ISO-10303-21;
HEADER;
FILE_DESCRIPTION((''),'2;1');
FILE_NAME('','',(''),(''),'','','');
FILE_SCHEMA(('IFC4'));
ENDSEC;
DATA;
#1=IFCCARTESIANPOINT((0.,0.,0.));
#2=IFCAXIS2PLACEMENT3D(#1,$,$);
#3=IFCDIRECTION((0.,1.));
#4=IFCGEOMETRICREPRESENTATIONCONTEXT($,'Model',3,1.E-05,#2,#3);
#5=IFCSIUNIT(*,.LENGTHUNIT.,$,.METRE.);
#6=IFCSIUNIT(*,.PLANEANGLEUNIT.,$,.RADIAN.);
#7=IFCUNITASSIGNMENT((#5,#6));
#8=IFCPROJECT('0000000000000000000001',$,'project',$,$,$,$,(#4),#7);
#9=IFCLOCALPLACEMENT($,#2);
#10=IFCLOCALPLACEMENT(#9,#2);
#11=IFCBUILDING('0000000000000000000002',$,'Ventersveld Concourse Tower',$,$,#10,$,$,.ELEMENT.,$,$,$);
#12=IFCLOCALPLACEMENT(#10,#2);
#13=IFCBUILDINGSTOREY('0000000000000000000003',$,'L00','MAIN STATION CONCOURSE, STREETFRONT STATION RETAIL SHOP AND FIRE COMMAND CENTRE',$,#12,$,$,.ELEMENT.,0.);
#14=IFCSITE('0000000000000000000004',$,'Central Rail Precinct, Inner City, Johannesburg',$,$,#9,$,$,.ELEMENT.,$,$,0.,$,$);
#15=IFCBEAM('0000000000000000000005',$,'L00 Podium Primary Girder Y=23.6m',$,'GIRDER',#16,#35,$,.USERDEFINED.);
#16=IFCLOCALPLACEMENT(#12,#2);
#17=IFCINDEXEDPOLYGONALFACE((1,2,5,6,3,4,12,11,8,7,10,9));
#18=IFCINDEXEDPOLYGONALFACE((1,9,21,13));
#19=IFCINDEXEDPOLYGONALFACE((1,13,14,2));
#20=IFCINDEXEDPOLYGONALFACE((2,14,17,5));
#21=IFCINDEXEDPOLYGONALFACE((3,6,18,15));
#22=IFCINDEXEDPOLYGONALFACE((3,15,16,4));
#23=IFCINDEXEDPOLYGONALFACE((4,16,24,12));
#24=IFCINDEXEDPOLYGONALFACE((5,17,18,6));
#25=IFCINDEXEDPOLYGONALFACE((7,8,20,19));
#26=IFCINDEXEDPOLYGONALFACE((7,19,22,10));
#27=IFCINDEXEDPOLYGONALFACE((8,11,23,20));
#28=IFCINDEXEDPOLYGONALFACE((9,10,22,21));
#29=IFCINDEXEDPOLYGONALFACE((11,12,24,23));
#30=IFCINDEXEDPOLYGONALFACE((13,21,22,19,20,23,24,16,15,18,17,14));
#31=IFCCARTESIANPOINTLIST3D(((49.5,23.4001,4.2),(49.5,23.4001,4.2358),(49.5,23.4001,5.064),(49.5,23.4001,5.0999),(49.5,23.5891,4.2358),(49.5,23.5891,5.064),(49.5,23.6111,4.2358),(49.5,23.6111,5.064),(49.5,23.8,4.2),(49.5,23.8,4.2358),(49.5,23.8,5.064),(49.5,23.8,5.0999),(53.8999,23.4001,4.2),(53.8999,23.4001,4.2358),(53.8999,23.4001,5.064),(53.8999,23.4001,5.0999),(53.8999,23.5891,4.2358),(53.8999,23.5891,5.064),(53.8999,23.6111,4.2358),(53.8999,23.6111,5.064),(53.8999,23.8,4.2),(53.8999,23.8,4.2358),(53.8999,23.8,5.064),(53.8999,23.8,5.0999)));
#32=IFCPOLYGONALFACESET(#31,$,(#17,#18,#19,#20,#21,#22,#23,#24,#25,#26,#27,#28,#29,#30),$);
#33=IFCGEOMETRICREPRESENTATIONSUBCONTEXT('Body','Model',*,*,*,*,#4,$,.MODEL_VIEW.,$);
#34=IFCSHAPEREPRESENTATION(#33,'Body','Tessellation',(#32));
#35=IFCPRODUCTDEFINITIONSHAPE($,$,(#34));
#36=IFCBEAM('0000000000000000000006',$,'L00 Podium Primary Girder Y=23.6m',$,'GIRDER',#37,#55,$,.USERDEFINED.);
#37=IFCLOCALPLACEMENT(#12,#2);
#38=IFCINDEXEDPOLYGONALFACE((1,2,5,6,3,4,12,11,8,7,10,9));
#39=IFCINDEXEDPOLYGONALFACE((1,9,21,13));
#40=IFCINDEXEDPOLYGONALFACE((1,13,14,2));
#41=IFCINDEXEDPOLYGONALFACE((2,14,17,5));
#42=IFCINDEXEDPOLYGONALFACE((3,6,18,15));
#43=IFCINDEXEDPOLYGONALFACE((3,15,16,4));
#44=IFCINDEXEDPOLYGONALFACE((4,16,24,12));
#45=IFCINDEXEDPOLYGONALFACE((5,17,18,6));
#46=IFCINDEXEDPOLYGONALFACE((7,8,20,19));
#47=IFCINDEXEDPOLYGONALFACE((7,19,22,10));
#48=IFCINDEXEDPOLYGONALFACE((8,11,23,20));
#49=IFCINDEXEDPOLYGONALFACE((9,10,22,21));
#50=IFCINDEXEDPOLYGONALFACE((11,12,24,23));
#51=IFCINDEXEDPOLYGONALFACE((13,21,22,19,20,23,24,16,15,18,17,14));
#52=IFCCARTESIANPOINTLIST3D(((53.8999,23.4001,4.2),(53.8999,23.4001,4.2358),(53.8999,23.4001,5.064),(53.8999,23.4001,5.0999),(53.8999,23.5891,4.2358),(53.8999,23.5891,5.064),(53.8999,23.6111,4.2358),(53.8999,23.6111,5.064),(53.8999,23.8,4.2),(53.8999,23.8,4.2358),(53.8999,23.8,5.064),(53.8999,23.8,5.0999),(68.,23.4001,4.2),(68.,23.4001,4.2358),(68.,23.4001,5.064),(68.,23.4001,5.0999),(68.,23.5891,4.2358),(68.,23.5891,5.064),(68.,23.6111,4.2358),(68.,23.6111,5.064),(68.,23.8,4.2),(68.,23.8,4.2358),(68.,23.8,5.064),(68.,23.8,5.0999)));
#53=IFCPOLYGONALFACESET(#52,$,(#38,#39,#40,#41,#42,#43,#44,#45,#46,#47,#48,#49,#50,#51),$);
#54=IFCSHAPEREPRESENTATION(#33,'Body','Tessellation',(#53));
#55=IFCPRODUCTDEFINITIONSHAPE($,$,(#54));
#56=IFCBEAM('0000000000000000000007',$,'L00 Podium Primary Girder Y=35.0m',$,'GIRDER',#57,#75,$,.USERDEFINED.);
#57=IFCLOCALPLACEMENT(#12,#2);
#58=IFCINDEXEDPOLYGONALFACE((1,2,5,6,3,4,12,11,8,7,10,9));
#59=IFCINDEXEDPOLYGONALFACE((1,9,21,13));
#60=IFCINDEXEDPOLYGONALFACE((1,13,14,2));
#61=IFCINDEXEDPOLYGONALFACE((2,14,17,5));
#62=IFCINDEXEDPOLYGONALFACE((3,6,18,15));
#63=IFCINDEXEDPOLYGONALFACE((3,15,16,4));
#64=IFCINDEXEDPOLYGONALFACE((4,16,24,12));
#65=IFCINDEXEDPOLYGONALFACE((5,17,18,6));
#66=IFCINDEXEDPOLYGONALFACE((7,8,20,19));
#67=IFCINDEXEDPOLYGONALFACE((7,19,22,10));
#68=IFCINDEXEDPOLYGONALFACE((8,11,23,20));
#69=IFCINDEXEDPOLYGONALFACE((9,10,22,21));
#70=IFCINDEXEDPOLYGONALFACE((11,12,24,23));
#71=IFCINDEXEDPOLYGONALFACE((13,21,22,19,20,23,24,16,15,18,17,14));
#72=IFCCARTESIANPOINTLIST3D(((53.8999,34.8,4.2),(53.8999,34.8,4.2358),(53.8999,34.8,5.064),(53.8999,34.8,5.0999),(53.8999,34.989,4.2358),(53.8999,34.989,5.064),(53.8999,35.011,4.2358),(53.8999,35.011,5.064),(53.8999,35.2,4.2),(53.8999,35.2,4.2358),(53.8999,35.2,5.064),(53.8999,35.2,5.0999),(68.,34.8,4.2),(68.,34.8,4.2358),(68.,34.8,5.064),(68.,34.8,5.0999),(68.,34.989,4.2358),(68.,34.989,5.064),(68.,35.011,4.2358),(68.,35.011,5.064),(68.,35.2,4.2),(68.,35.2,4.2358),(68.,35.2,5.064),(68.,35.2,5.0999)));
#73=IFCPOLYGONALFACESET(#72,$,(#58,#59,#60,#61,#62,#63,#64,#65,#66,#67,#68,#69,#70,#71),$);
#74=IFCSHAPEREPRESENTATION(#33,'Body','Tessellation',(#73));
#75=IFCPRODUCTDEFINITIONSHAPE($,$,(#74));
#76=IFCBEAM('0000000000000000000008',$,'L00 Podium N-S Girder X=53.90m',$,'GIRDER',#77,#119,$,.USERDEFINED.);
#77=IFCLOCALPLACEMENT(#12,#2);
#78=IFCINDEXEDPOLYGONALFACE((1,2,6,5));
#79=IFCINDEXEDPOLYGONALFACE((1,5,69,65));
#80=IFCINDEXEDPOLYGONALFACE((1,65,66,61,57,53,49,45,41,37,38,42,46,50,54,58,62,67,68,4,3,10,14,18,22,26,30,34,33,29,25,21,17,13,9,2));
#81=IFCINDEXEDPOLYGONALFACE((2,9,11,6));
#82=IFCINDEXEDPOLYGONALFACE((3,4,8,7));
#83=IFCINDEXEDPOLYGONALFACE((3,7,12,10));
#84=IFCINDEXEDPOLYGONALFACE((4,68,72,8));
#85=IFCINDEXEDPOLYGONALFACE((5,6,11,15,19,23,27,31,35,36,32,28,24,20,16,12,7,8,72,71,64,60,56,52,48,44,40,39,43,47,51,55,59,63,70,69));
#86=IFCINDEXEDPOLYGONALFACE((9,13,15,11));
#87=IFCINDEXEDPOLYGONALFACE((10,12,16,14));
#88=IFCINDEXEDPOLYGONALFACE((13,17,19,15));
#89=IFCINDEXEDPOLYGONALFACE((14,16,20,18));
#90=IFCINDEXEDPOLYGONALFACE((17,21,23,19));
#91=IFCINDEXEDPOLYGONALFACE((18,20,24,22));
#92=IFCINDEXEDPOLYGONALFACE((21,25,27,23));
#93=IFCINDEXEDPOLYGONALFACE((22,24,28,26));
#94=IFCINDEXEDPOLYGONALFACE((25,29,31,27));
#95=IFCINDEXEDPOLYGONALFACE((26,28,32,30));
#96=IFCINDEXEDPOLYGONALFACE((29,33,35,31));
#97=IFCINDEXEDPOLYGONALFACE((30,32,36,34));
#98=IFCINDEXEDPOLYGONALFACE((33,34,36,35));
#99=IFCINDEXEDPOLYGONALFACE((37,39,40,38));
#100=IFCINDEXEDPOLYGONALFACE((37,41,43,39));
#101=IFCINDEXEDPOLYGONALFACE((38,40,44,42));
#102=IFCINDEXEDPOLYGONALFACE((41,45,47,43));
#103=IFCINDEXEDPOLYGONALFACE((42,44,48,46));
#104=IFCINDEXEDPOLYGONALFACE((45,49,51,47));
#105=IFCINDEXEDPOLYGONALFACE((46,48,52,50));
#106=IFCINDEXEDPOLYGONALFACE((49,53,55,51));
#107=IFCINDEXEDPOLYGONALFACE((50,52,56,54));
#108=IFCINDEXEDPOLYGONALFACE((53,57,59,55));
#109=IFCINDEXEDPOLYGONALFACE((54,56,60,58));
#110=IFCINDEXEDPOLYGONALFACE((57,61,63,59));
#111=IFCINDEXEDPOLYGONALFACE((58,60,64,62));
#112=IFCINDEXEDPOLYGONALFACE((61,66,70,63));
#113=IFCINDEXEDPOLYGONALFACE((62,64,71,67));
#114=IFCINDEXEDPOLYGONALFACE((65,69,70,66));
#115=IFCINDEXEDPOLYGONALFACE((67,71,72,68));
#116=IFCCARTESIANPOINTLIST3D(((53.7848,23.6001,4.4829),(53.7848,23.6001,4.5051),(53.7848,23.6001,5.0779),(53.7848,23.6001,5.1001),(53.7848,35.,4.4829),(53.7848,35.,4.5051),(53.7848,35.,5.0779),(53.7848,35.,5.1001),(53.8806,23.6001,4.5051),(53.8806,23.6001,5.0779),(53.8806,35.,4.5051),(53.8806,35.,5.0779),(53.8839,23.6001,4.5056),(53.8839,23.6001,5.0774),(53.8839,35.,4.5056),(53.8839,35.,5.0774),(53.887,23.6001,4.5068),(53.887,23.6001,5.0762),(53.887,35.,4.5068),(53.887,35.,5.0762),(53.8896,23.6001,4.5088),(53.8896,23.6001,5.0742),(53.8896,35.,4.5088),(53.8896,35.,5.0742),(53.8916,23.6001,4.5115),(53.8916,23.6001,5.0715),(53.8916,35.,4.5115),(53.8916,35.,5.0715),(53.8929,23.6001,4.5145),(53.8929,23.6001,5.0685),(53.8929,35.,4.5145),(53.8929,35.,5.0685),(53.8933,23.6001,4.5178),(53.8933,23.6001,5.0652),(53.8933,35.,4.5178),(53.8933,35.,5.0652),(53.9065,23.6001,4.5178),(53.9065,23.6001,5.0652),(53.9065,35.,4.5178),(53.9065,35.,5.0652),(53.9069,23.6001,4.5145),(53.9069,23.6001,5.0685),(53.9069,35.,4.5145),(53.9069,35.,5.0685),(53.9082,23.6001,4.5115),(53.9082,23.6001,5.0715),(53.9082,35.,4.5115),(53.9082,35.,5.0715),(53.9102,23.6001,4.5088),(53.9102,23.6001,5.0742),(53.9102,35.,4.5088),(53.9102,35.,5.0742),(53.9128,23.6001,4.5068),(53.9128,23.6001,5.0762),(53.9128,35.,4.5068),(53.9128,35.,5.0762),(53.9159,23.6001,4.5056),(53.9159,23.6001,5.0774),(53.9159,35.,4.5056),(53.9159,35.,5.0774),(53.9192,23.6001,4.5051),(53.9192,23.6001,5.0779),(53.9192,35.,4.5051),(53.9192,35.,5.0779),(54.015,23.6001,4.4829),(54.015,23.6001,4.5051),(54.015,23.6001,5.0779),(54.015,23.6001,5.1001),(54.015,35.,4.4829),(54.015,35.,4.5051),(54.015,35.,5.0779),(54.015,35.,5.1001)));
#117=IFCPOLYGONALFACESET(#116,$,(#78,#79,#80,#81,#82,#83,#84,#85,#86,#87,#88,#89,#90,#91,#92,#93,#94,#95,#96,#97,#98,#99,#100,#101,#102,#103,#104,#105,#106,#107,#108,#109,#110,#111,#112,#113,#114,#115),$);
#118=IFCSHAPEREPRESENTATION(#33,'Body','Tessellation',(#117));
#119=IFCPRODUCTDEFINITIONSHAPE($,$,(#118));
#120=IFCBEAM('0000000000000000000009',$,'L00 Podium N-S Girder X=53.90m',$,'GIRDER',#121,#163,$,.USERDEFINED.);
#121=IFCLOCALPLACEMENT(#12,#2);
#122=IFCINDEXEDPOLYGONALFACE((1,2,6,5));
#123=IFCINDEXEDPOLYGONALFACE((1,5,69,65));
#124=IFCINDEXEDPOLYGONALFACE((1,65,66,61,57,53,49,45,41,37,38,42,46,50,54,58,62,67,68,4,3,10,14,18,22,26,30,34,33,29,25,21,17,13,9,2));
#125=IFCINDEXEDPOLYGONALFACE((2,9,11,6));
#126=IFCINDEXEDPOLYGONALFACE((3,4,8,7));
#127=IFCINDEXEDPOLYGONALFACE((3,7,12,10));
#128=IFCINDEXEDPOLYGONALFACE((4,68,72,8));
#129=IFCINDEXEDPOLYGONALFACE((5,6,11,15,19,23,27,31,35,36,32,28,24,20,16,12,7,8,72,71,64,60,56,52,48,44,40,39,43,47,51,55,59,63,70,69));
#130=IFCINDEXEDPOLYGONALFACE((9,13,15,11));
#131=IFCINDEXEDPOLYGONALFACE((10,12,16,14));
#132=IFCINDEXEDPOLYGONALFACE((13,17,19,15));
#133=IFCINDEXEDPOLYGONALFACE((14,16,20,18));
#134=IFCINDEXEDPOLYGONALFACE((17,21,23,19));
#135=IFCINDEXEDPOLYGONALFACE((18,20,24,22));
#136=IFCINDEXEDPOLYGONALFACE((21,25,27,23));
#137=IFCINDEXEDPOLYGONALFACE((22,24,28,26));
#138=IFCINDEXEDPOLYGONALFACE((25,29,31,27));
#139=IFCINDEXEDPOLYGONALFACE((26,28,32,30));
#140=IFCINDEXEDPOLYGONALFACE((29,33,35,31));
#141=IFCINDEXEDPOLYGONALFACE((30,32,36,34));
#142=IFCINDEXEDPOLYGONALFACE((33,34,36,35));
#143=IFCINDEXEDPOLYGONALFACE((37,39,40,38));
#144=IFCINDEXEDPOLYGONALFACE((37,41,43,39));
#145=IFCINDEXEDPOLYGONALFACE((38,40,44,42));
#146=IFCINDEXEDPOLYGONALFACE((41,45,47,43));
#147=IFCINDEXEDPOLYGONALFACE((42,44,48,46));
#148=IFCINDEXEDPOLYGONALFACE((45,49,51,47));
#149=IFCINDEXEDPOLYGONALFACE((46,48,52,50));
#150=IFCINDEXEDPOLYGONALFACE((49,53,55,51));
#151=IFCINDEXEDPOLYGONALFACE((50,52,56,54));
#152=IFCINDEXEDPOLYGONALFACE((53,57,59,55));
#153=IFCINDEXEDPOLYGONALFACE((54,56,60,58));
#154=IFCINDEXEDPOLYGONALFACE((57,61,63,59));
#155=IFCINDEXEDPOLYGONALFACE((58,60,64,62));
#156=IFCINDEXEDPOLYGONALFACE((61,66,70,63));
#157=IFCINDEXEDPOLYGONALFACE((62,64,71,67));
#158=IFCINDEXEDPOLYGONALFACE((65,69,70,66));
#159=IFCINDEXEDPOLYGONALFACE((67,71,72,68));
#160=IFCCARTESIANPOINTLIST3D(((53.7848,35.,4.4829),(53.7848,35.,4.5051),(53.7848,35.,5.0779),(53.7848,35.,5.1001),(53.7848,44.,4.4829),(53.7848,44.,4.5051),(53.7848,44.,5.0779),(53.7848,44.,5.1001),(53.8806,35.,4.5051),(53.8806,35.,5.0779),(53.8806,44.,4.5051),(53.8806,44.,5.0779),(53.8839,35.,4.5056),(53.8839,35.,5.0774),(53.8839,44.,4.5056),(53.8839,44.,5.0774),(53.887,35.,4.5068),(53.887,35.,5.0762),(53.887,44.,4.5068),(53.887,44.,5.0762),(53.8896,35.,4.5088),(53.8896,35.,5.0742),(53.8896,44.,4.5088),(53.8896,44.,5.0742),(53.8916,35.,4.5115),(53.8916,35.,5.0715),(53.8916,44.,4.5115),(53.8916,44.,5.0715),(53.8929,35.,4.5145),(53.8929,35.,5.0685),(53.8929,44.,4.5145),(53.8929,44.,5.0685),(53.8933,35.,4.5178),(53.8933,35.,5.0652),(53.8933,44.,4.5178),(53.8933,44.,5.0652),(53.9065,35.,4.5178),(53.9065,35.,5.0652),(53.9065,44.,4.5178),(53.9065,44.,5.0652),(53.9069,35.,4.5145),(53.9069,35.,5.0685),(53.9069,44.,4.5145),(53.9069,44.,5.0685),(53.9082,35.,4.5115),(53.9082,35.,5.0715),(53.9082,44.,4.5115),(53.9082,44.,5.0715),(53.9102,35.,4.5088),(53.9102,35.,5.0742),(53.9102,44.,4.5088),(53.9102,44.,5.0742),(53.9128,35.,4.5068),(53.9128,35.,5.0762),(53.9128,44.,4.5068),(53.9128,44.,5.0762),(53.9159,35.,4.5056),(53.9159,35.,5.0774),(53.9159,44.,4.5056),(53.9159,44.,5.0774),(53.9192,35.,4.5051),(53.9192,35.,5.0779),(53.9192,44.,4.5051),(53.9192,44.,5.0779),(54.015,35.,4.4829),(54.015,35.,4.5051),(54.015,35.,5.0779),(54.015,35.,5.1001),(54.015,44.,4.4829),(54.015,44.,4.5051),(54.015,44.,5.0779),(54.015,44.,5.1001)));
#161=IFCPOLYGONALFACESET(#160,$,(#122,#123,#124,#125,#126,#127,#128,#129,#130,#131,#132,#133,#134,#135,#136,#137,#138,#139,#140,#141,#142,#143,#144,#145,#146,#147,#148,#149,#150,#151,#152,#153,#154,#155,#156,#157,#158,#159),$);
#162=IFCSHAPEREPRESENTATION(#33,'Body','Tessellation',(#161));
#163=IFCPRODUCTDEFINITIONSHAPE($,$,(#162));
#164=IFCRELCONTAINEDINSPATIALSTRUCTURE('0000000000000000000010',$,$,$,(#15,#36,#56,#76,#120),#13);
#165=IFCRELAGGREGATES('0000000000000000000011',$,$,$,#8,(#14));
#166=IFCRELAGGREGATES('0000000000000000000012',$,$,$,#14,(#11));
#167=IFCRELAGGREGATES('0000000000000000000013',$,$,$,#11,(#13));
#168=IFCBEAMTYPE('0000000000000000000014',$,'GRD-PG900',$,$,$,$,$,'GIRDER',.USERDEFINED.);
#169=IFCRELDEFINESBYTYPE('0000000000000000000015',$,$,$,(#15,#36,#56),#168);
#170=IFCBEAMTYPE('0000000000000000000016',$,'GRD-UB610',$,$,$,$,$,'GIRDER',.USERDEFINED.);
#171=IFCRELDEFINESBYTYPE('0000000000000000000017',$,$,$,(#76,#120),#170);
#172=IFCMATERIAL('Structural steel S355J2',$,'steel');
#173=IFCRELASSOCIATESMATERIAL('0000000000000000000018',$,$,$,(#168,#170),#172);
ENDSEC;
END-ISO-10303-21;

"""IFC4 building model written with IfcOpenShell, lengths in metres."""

from ifc_helpers import new_model, si_unit, direction, frame, origin, origin_2d, place, context, subcontext, project, spatial, i_section, extrude, material, material_profile, profile_set, type_object, element, save


model = new_model("IFC4")

# Units and contexts
model_context = context("Model", 3, precision=1e-05, world=origin(), true_north=direction((0.0, 1.0)))
body_context = subcontext(model_context, "Body", "Model", "MODEL_VIEW")
ifc_project = project(units=[si_unit("LENGTHUNIT", "METRE"), si_unit("PLANEANGLEUNIT", "RADIAN")], contexts=[model_context])

# Site, building, storey
site_placement = place(None, origin())
site = spatial("IfcSite", under=ifc_project, at=site_placement, Name="Central Rail Precinct, Inner City, Johannesburg", CompositionType="ELEMENT", RefElevation=0.0)
building_placement = place(site_placement, origin())
building = spatial("IfcBuilding", under=site, at=building_placement, Name="Ventersveld Concourse Tower", CompositionType="ELEMENT")
storey_placement = place(building_placement, origin())
storey = spatial("IfcBuildingStorey", under=building, at=storey_placement, Name="L00", Description="MAIN STATION CONCOURSE, STREETFRONT STATION RETAIL SHOP AND FIRE COMMAND CENTRE", CompositionType="ELEMENT", Elevation=0.0)

# Beams
ifc_material_1 = material(Name="Structural steel S355J2", Category="steel")
ifc_material_profile_1 = material_profile(ifc_material_1, i_section(OverallWidth=0.3999, OverallDepth=0.8999, WebThickness=0.022, FlangeThickness=0.0359, at=origin_2d()), Name="PG 900x400x36")
ifc_profile_set_1 = profile_set([ifc_material_profile_1], Name="Structural steel S355J2")
beam_type_1 = type_object("IfcBeamType", Name="GRD-PG900", ElementType="GIRDER", PredefinedType="USERDEFINED", material=ifc_profile_set_1)
beam_1_placement = place(storey_placement, frame((49.5, 23.6001, 4.6499), z_axis=(1.0, 0.0, 0.0), x_axis=(0.0, 1.0, 0.0)))
element("IfcBeam", 1, at=beam_1_placement, inside=storey, type_object=beam_type_1, Name="L00 Podium Primary Girder Y=23.6m", ObjectType="GIRDER", PredefinedType="USERDEFINED", context=body_context, shape_type="SweptSolid", body=[
    extrude(i_section(OverallWidth=0.3999, OverallDepth=0.8999, WebThickness=0.022, FlangeThickness=0.0359, at=origin_2d()), origin(), (0.0, 0.0, 1.0), 4.3999),
])
for number, where, z_axis, x_axis, name in (
    (2, (53.8999, 23.6001, 4.6499), (1.0, 0.0, 0.0), (0.0, 1.0, 0.0), "L00 Podium Primary Girder Y=23.6m"),
    (3, (53.8999, 35.0, 4.6499), (1.0, 0.0, 0.0), (0.0, 1.0, 0.0), "L00 Podium Primary Girder Y=35.0m"),
):
    element("IfcBeam", number, at=place(storey_placement, frame(where, z_axis=z_axis, x_axis=x_axis)), inside=storey, type_object=beam_type_1, Name=name, ObjectType="GIRDER", PredefinedType="USERDEFINED", context=body_context, shape_type="SweptSolid", body=[
        extrude(i_section(OverallWidth=0.3999, OverallDepth=0.8999, WebThickness=0.022, FlangeThickness=0.0359, at=origin_2d()), origin(), (0.0, 0.0, 1.0), 14.1001),
    ])
ifc_material_profile_2 = material_profile(ifc_material_1, i_section(OverallWidth=0.2302, OverallDepth=0.6172, WebThickness=0.0132, FlangeThickness=0.0222, FilletRadius=0.0127, at=origin_2d()), Name="UB 610x229x140")
ifc_profile_set_2 = profile_set([ifc_material_profile_2], Name="Structural steel S355J2")
beam_type_2 = type_object("IfcBeamType", Name="GRD-UB610", ElementType="GIRDER", PredefinedType="USERDEFINED", material=ifc_profile_set_2)
beam_2_placement = place(storey_placement, frame((53.8999, 23.6001, 4.7915), z_axis=(0.0, 1.0, 0.0), x_axis=(-1.0, 0.0, 0.0)))
element("IfcBeam", 4, at=beam_2_placement, inside=storey, type_object=beam_type_2, Name="L00 Podium N-S Girder X=53.90m", ObjectType="GIRDER", PredefinedType="USERDEFINED", context=body_context, shape_type="SweptSolid", body=[
    extrude(i_section(OverallWidth=0.2302, OverallDepth=0.6172, WebThickness=0.0132, FlangeThickness=0.0222, FilletRadius=0.0127, at=origin_2d()), origin(), (0.0, 0.0, 1.0), 11.3999),
])
beam_3_placement = place(storey_placement, frame((53.8999, 35.0, 4.7915), z_axis=(0.0, 1.0, 0.0), x_axis=(-1.0, 0.0, 0.0)))
element("IfcBeam", 5, at=beam_3_placement, inside=storey, type_object=beam_type_2, Name="L00 Podium N-S Girder X=53.90m", ObjectType="GIRDER", PredefinedType="USERDEFINED", context=body_context, shape_type="SweptSolid", body=[
    extrude(i_section(OverallWidth=0.2302, OverallDepth=0.6172, WebThickness=0.0132, FlangeThickness=0.0222, FilletRadius=0.0127, at=origin_2d()), origin(), (0.0, 0.0, 1.0), 9.0),
])

save(model, "model.ifc")
